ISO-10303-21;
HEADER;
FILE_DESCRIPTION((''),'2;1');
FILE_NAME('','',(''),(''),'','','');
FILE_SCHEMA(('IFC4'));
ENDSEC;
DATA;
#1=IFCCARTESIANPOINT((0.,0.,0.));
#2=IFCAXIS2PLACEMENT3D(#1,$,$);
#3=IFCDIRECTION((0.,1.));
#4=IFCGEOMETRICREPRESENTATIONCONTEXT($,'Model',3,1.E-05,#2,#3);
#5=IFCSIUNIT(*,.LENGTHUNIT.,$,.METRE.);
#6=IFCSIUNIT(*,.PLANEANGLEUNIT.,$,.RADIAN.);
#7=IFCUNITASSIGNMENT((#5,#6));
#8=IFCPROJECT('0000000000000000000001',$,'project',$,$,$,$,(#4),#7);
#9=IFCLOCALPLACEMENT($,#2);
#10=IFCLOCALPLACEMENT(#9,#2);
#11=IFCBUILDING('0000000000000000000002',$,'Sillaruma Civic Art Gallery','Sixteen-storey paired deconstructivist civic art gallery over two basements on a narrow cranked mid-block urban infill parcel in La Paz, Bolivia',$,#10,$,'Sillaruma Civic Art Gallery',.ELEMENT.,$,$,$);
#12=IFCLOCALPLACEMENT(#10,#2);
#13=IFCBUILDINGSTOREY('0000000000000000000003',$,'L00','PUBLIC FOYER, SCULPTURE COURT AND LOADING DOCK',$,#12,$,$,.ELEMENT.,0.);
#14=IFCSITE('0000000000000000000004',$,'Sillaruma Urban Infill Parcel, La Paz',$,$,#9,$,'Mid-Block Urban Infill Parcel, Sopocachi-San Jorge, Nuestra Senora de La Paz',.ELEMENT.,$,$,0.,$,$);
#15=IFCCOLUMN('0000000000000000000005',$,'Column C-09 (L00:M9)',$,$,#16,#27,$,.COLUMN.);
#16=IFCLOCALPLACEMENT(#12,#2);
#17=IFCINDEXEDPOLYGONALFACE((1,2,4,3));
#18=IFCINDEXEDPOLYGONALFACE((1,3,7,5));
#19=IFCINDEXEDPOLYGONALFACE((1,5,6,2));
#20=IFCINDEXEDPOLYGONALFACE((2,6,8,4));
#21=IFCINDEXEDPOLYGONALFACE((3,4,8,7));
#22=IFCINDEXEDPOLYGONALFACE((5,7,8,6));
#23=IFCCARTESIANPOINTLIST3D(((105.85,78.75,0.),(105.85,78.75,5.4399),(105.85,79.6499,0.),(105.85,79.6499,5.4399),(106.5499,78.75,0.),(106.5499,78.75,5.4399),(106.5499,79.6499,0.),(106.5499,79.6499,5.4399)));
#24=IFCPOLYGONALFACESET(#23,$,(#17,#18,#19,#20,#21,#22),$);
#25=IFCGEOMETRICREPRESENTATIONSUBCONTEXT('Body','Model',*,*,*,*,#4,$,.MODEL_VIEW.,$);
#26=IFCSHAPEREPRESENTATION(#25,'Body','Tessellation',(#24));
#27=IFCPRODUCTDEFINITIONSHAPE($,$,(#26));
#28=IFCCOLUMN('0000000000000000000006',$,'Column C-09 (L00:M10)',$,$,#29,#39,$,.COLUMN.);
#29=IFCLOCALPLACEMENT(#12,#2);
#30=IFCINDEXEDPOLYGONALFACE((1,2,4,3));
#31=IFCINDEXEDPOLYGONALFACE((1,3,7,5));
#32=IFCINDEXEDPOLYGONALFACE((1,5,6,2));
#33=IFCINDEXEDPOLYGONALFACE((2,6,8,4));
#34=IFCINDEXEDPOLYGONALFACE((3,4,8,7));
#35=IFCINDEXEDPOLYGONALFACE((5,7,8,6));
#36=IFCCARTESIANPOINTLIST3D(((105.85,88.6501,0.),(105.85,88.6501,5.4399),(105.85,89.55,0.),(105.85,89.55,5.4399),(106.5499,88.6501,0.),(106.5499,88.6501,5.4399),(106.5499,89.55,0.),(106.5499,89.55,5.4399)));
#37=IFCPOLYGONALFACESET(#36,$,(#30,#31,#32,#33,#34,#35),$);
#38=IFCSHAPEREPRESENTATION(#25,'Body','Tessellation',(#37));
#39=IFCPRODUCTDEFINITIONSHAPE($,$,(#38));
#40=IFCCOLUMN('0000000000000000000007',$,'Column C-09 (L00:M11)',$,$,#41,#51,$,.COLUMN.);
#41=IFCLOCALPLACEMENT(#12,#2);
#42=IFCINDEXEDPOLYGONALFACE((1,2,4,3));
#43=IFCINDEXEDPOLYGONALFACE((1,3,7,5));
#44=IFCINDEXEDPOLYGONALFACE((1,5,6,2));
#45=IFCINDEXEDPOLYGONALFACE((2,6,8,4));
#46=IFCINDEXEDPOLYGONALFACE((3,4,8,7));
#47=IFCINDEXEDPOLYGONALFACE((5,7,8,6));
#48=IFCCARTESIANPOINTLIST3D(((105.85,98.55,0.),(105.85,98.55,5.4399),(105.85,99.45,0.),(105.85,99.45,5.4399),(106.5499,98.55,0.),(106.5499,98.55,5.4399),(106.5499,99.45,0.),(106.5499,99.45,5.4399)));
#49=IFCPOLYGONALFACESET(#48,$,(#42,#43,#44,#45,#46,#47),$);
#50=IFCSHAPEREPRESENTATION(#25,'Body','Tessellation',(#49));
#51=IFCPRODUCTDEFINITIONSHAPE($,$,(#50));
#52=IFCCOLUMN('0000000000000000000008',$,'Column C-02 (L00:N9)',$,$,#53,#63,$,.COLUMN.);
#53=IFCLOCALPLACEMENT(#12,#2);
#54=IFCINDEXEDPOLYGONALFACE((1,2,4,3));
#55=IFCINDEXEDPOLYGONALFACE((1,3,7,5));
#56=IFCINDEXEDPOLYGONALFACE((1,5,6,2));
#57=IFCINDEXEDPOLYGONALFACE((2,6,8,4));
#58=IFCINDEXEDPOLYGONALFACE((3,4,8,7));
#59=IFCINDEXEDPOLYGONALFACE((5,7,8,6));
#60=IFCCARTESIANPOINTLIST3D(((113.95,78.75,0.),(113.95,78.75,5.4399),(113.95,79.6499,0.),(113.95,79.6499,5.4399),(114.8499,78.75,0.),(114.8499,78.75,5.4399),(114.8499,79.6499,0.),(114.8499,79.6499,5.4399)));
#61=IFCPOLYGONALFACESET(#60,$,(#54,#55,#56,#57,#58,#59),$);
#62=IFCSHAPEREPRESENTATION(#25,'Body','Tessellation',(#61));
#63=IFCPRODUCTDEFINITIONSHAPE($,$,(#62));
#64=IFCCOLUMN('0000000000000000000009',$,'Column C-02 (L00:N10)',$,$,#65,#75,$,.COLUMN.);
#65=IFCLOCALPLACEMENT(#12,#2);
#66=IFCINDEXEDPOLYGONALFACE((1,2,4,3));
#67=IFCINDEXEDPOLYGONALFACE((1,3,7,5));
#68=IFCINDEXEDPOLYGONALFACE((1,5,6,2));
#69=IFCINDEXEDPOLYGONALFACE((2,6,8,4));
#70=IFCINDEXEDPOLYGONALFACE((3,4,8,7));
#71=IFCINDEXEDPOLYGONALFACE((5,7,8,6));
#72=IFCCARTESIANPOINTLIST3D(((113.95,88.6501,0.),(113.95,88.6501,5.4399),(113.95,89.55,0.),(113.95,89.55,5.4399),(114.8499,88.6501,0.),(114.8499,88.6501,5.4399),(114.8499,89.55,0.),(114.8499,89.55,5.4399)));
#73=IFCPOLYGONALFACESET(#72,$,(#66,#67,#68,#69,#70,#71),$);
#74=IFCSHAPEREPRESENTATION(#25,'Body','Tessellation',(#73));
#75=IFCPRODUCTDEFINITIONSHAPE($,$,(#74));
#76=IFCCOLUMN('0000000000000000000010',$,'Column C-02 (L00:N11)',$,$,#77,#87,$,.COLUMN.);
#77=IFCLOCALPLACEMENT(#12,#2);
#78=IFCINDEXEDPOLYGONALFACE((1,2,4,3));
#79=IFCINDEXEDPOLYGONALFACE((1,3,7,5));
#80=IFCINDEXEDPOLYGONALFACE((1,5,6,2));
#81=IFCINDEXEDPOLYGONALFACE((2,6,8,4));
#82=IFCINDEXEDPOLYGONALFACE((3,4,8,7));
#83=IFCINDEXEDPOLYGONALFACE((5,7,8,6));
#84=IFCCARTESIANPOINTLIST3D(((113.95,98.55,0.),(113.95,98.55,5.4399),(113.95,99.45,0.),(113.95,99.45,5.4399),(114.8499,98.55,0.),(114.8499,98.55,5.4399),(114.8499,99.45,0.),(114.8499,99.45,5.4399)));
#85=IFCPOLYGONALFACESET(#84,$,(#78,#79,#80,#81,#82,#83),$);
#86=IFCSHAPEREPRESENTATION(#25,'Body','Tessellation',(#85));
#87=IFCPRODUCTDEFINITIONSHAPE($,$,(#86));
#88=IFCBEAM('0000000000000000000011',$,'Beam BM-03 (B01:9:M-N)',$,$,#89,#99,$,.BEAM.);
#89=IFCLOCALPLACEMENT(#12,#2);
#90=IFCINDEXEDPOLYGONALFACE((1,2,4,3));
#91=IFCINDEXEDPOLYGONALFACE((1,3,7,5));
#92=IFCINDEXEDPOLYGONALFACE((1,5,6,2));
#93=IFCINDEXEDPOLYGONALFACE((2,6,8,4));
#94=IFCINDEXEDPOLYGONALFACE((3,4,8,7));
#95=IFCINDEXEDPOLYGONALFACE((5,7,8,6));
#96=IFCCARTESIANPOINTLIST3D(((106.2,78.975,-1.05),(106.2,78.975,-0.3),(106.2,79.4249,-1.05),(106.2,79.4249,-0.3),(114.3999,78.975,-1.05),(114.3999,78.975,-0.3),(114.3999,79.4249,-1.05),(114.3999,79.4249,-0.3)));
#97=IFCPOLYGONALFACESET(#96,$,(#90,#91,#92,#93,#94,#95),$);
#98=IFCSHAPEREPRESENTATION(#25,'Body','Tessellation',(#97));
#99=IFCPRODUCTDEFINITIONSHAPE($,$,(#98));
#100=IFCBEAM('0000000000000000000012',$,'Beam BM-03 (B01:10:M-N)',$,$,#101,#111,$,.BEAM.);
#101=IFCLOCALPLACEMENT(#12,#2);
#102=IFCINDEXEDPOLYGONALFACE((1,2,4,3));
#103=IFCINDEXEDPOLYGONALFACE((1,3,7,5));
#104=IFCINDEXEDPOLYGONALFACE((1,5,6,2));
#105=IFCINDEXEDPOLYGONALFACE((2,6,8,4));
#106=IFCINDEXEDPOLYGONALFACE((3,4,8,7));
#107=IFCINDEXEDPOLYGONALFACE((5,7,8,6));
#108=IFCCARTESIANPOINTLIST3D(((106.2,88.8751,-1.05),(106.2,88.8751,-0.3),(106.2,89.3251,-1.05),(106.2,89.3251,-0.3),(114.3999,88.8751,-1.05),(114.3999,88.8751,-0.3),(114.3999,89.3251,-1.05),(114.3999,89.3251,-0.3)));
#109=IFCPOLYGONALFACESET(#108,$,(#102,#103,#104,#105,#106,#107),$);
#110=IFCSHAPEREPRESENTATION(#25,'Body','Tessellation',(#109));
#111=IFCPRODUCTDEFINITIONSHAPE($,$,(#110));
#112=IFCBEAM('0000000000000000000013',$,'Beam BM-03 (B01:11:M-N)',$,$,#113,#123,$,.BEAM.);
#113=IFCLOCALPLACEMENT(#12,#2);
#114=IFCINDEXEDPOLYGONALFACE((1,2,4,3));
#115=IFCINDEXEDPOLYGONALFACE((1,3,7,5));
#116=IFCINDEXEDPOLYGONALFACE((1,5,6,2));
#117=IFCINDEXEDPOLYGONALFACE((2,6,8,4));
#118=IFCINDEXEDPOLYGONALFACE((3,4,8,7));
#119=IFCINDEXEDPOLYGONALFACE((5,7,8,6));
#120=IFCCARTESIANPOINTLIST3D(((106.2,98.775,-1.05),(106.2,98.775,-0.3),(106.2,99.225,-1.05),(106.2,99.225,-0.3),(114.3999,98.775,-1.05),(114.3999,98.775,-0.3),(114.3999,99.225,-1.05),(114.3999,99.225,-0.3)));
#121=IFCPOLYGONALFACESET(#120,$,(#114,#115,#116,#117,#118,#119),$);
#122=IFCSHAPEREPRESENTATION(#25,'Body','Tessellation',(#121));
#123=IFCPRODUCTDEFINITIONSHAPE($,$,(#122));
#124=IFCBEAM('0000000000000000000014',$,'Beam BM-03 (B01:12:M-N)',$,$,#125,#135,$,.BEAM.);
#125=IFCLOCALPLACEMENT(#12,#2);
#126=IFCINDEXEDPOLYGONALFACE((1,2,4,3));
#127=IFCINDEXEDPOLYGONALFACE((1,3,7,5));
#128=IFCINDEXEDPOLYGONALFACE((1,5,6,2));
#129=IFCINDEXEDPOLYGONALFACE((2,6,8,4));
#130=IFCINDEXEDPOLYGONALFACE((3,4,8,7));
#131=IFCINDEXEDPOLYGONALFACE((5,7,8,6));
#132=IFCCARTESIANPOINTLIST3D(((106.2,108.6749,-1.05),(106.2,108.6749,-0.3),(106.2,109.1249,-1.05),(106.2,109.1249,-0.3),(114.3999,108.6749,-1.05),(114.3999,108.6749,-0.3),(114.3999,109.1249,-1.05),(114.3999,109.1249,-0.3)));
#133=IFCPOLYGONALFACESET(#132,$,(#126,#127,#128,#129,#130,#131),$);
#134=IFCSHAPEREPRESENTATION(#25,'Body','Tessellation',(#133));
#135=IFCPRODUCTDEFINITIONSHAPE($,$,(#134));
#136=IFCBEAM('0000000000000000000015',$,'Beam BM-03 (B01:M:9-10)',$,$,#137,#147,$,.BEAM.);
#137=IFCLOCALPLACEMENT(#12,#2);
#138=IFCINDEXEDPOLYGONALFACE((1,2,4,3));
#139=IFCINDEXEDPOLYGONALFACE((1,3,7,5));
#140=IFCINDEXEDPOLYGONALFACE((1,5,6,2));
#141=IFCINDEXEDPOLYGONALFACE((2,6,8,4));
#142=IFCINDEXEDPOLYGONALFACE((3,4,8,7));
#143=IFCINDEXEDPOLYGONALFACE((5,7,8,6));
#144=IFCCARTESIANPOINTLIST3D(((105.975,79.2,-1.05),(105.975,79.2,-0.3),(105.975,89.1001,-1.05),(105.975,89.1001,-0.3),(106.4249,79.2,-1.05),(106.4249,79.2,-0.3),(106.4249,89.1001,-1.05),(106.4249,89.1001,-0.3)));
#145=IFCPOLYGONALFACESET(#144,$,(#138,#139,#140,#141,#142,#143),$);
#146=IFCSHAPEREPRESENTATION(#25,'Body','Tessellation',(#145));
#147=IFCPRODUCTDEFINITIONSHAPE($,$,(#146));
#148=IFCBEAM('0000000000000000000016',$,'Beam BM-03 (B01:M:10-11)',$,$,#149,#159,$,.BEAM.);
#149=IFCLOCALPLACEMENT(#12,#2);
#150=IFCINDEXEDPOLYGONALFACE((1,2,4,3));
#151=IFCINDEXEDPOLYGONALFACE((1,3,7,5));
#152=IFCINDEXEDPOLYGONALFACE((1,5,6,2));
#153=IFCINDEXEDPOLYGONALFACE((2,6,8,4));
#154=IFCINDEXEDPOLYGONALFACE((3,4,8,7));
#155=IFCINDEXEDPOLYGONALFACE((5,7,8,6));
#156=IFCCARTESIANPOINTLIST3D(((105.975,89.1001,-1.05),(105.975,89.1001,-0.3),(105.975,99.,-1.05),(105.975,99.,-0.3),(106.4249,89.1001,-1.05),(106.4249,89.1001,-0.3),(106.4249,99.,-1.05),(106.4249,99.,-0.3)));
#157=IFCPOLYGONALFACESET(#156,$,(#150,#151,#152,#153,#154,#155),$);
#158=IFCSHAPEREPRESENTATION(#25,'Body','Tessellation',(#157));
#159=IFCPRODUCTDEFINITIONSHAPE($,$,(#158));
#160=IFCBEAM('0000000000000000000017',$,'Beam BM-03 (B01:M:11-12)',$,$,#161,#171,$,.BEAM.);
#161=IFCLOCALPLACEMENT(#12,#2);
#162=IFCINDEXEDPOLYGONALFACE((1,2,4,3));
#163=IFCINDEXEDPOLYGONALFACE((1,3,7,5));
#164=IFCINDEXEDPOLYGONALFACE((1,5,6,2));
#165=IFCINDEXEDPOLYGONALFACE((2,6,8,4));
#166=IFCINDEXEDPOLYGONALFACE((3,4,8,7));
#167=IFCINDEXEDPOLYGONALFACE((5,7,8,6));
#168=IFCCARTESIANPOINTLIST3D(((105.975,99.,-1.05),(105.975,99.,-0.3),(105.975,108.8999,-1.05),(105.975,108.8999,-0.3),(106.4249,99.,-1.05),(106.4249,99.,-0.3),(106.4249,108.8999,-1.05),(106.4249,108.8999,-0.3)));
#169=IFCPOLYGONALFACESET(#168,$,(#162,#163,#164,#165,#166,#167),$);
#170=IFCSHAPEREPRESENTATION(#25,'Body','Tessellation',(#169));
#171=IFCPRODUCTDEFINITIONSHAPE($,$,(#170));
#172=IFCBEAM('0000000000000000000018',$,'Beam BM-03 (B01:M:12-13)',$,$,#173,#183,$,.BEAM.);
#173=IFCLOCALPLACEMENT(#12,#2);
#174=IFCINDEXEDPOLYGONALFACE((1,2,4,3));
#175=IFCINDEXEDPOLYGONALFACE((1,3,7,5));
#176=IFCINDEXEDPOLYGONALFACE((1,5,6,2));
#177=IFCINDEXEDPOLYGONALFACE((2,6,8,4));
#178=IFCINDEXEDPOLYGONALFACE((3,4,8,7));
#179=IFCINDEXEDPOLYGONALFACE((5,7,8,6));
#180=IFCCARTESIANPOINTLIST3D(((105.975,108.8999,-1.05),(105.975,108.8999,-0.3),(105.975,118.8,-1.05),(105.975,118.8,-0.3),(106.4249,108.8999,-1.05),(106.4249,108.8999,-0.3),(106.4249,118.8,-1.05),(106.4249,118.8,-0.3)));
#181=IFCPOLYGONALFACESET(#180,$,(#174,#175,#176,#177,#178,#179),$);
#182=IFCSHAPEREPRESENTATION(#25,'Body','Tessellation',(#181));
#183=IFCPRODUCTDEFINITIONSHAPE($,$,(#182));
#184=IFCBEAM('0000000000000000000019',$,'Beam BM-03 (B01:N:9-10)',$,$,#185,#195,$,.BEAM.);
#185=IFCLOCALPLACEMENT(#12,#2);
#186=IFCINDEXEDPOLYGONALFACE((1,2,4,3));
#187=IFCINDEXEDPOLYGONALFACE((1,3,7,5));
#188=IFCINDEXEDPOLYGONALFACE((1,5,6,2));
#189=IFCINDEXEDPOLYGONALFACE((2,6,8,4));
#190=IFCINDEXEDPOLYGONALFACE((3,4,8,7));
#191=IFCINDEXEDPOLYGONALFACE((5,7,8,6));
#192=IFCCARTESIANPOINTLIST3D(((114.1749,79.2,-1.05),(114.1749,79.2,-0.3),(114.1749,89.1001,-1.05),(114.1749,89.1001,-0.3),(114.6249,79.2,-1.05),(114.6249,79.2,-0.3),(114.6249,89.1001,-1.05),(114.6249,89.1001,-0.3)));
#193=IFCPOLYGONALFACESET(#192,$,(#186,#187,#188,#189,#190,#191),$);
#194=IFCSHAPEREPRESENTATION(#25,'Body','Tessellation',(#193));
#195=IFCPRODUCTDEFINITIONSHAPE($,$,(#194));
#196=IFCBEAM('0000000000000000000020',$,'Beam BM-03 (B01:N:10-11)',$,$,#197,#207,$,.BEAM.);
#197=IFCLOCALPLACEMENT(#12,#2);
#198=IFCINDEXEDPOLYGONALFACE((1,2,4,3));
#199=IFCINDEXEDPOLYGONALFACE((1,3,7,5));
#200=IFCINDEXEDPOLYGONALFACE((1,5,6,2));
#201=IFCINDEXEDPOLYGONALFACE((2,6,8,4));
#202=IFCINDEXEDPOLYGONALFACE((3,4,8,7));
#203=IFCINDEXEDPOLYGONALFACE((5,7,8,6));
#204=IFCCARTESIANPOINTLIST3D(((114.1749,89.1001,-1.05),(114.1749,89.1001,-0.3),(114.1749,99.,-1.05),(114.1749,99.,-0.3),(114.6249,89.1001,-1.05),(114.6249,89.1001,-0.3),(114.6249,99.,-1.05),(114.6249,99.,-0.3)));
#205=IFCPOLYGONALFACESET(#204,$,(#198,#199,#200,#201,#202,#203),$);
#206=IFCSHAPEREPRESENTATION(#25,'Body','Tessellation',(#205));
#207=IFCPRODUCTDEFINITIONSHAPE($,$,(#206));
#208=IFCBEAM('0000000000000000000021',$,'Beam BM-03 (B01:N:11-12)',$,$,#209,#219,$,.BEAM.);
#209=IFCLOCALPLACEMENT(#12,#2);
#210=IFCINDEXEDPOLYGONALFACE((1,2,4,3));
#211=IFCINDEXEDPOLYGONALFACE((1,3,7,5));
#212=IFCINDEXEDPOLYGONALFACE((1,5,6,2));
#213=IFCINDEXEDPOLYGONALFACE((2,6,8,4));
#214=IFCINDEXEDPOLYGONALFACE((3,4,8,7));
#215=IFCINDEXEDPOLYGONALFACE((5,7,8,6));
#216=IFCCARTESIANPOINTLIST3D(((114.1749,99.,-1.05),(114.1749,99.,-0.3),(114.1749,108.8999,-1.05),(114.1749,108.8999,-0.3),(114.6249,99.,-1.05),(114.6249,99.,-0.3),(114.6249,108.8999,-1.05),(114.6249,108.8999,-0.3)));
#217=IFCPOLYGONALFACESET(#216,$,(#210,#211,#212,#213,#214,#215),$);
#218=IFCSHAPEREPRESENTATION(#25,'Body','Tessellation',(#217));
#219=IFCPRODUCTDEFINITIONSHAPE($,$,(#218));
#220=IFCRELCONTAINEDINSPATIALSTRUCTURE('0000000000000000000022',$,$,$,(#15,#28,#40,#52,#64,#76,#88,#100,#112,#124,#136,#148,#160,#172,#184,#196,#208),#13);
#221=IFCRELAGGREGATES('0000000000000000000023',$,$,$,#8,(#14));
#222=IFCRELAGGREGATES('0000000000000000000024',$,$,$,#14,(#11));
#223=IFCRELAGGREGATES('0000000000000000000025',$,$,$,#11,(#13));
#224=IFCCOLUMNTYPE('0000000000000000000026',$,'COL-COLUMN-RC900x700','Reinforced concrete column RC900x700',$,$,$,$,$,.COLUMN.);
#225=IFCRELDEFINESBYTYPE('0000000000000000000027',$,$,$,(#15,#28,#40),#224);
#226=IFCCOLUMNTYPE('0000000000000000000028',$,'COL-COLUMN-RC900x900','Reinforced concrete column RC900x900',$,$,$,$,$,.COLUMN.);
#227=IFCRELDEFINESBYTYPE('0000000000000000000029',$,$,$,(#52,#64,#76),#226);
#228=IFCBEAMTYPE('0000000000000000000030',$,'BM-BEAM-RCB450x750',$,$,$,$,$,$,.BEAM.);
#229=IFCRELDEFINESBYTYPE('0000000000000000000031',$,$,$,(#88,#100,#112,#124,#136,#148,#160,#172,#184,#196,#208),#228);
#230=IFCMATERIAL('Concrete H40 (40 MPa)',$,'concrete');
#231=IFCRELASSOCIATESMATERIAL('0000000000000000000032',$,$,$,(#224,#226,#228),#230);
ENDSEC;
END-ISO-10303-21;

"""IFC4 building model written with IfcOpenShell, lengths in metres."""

from ifc_helpers import new_model, si_unit, direction, frame, origin, origin_2d, place, context, subcontext, project, spatial, rectangle, extrude, material, material_profile, profile_set, type_object, element, save


model = new_model("IFC4")

# Units and contexts
model_context = context("Model", 3, precision=1e-05, world=origin(), true_north=direction((0.0, 1.0)))
body_context = subcontext(model_context, "Body", "Model", "MODEL_VIEW")
ifc_project = project(units=[si_unit("LENGTHUNIT", "METRE"), si_unit("PLANEANGLEUNIT", "RADIAN")], contexts=[model_context])

# Site, building, storey
site_placement = place(None, origin())
site = spatial("IfcSite", under=ifc_project, at=site_placement, Name="Sillaruma Urban Infill Parcel, La Paz", LongName="Mid-Block Urban Infill Parcel, Sopocachi-San Jorge, Nuestra Senora de La Paz", CompositionType="ELEMENT", RefElevation=0.0)
building_placement = place(site_placement, origin())
building = spatial("IfcBuilding", under=site, at=building_placement, Name="Sillaruma Civic Art Gallery", Description="Sixteen-storey paired deconstructivist civic art gallery over two basements on a narrow cranked mid-block urban infill parcel in La Paz, Bolivia", LongName="Sillaruma Civic Art Gallery", CompositionType="ELEMENT")
storey_placement = place(building_placement, origin())
storey = spatial("IfcBuildingStorey", under=building, at=storey_placement, Name="L00", Description="PUBLIC FOYER, SCULPTURE COURT AND LOADING DOCK", CompositionType="ELEMENT", Elevation=0.0)

# Columns
ifc_material_1 = material(Name="Concrete H40 (40 MPa)", Category="concrete")
ifc_material_profile_1 = material_profile(ifc_material_1, rectangle(XDim=0.7, YDim=0.8999, at=origin_2d()), Name="RC900x700")
ifc_profile_set_1 = profile_set([ifc_material_profile_1], Name="Concrete H40 (40 MPa)")
column_type_1 = type_object("IfcColumnType", Name="COL-COLUMN-RC900x700", Description="Reinforced concrete column RC900x700", PredefinedType="COLUMN", material=ifc_profile_set_1)
for number, where, z_axis, x_axis, name in (
    (1, (106.2, 79.2, 0.0), (0.0, 0.0, 1.0), (1.0, 0.0, 0.0), "Column C-09 (L00:M9)"),
    (2, (106.2, 89.1001, 0.0), (0.0, 0.0, 1.0), (1.0, 0.0, 0.0), "Column C-09 (L00:M10)"),
    (3, (106.2, 99.0, 0.0), (0.0, 0.0, 1.0), (1.0, 0.0, 0.0), "Column C-09 (L00:M11)"),
):
    element("IfcColumn", number, at=place(storey_placement, frame(where, z_axis=z_axis, x_axis=x_axis)), inside=storey, type_object=column_type_1, Name=name, PredefinedType="COLUMN", context=body_context, shape_type="SweptSolid", body=[
        extrude(rectangle(XDim=0.7, YDim=0.8999, at=origin_2d()), origin(), (0.0, 0.0, 1.0), 5.4399),
    ])
ifc_material_profile_2 = material_profile(ifc_material_1, rectangle(XDim=0.8999, YDim=0.8999, at=origin_2d()), Name="RC900x900")
ifc_profile_set_2 = profile_set([ifc_material_profile_2], Name="Concrete H40 (40 MPa)")
column_type_2 = type_object("IfcColumnType", Name="COL-COLUMN-RC900x900", Description="Reinforced concrete column RC900x900", PredefinedType="COLUMN", material=ifc_profile_set_2)
for number, where, z_axis, x_axis, name in (
    (4, (114.3999, 79.2, 0.0), (0.0, 0.0, 1.0), (1.0, 0.0, 0.0), "Column C-02 (L00:N9)"),
    (5, (114.3999, 89.1001, 0.0), (0.0, 0.0, 1.0), (1.0, 0.0, 0.0), "Column C-02 (L00:N10)"),
    (6, (114.3999, 99.0, 0.0), (0.0, 0.0, 1.0), (1.0, 0.0, 0.0), "Column C-02 (L00:N11)"),
):
    element("IfcColumn", number, at=place(storey_placement, frame(where, z_axis=z_axis, x_axis=x_axis)), inside=storey, type_object=column_type_2, Name=name, PredefinedType="COLUMN", context=body_context, shape_type="SweptSolid", body=[
        extrude(rectangle(XDim=0.8999, YDim=0.8999, at=origin_2d()), origin(), (0.0, 0.0, 1.0), 5.4399),
    ])

# Beams
ifc_material_profile_3 = material_profile(ifc_material_1, rectangle(XDim=0.45, YDim=0.75, at=origin_2d()), Name="RCB450x750")
ifc_profile_set_3 = profile_set([ifc_material_profile_3], Name="Concrete H40 (40 MPa)")
beam_type_1 = type_object("IfcBeamType", Name="BM-BEAM-RCB450x750", PredefinedType="BEAM", material=ifc_profile_set_3)
for number, where, z_axis, x_axis, name in (
    (7, (106.2, 79.2, -0.675), (1.0, 0.0, 0.0), (0.0, 1.0, 0.0), "Beam BM-03 (B01:9:M-N)"),
    (8, (106.2, 89.1001, -0.675), (1.0, 0.0, 0.0), (0.0, 1.0, 0.0), "Beam BM-03 (B01:10:M-N)"),
    (9, (106.2, 99.0, -0.675), (1.0, 0.0, 0.0), (0.0, 1.0, 0.0), "Beam BM-03 (B01:11:M-N)"),
    (10, (106.2, 108.8999, -0.675), (1.0, 0.0, 0.0), (0.0, 1.0, 0.0), "Beam BM-03 (B01:12:M-N)"),
):
    element("IfcBeam", number, at=place(storey_placement, frame(where, z_axis=z_axis, x_axis=x_axis)), inside=storey, type_object=beam_type_1, Name=name, PredefinedType="BEAM", context=body_context, shape_type="SweptSolid", body=[
        extrude(rectangle(XDim=0.45, YDim=0.75, at=origin_2d()), origin(), (0.0, 0.0, 1.0), 8.2),
    ])
beam_1_placement = place(storey_placement, frame((106.2, 79.2, -0.675), z_axis=(0.0, 1.0, 0.0), x_axis=(-1.0, 0.0, 0.0)))
element("IfcBeam", 11, at=beam_1_placement, inside=storey, type_object=beam_type_1, Name="Beam BM-03 (B01:M:9-10)", PredefinedType="BEAM", context=body_context, shape_type="SweptSolid", body=[
    extrude(rectangle(XDim=0.45, YDim=0.75, at=origin_2d()), origin(), (0.0, 0.0, 1.0), 9.9001),
])
for number, where, z_axis, x_axis, name in (
    (12, (106.2, 89.1001, -0.675), (0.0, 1.0, 0.0), (-1.0, 0.0, 0.0), "Beam BM-03 (B01:M:10-11)"),
    (13, (106.2, 99.0, -0.675), (0.0, 1.0, 0.0), (-1.0, 0.0, 0.0), "Beam BM-03 (B01:M:11-12)"),
):
    element("IfcBeam", number, at=place(storey_placement, frame(where, z_axis=z_axis, x_axis=x_axis)), inside=storey, type_object=beam_type_1, Name=name, PredefinedType="BEAM", context=body_context, shape_type="SweptSolid", body=[
        extrude(rectangle(XDim=0.45, YDim=0.75, at=origin_2d()), origin(), (0.0, 0.0, 1.0), 9.8999),
    ])
for number, where, z_axis, x_axis, name in (
    (14, (106.2, 108.8999, -0.675), (0.0, 1.0, 0.0), (-1.0, 0.0, 0.0), "Beam BM-03 (B01:M:12-13)"),
    (15, (114.3999, 79.2, -0.675), (0.0, 1.0, 0.0), (-1.0, 0.0, 0.0), "Beam BM-03 (B01:N:9-10)"),
):
    element("IfcBeam", number, at=place(storey_placement, frame(where, z_axis=z_axis, x_axis=x_axis)), inside=storey, type_object=beam_type_1, Name=name, PredefinedType="BEAM", context=body_context, shape_type="SweptSolid", body=[
        extrude(rectangle(XDim=0.45, YDim=0.75, at=origin_2d()), origin(), (0.0, 0.0, 1.0), 9.9001),
    ])
for number, where, z_axis, x_axis, name in (
    (16, (114.3999, 89.1001, -0.675), (0.0, 1.0, 0.0), (-1.0, 0.0, 0.0), "Beam BM-03 (B01:N:10-11)"),
    (17, (114.3999, 99.0, -0.675), (0.0, 1.0, 0.0), (-1.0, 0.0, 0.0), "Beam BM-03 (B01:N:11-12)"),
):
    element("IfcBeam", number, at=place(storey_placement, frame(where, z_axis=z_axis, x_axis=x_axis)), inside=storey, type_object=beam_type_1, Name=name, PredefinedType="BEAM", context=body_context, shape_type="SweptSolid", body=[
        extrude(rectangle(XDim=0.45, YDim=0.75, at=origin_2d()), origin(), (0.0, 0.0, 1.0), 9.8999),
    ])

save(model, "model.ifc")
